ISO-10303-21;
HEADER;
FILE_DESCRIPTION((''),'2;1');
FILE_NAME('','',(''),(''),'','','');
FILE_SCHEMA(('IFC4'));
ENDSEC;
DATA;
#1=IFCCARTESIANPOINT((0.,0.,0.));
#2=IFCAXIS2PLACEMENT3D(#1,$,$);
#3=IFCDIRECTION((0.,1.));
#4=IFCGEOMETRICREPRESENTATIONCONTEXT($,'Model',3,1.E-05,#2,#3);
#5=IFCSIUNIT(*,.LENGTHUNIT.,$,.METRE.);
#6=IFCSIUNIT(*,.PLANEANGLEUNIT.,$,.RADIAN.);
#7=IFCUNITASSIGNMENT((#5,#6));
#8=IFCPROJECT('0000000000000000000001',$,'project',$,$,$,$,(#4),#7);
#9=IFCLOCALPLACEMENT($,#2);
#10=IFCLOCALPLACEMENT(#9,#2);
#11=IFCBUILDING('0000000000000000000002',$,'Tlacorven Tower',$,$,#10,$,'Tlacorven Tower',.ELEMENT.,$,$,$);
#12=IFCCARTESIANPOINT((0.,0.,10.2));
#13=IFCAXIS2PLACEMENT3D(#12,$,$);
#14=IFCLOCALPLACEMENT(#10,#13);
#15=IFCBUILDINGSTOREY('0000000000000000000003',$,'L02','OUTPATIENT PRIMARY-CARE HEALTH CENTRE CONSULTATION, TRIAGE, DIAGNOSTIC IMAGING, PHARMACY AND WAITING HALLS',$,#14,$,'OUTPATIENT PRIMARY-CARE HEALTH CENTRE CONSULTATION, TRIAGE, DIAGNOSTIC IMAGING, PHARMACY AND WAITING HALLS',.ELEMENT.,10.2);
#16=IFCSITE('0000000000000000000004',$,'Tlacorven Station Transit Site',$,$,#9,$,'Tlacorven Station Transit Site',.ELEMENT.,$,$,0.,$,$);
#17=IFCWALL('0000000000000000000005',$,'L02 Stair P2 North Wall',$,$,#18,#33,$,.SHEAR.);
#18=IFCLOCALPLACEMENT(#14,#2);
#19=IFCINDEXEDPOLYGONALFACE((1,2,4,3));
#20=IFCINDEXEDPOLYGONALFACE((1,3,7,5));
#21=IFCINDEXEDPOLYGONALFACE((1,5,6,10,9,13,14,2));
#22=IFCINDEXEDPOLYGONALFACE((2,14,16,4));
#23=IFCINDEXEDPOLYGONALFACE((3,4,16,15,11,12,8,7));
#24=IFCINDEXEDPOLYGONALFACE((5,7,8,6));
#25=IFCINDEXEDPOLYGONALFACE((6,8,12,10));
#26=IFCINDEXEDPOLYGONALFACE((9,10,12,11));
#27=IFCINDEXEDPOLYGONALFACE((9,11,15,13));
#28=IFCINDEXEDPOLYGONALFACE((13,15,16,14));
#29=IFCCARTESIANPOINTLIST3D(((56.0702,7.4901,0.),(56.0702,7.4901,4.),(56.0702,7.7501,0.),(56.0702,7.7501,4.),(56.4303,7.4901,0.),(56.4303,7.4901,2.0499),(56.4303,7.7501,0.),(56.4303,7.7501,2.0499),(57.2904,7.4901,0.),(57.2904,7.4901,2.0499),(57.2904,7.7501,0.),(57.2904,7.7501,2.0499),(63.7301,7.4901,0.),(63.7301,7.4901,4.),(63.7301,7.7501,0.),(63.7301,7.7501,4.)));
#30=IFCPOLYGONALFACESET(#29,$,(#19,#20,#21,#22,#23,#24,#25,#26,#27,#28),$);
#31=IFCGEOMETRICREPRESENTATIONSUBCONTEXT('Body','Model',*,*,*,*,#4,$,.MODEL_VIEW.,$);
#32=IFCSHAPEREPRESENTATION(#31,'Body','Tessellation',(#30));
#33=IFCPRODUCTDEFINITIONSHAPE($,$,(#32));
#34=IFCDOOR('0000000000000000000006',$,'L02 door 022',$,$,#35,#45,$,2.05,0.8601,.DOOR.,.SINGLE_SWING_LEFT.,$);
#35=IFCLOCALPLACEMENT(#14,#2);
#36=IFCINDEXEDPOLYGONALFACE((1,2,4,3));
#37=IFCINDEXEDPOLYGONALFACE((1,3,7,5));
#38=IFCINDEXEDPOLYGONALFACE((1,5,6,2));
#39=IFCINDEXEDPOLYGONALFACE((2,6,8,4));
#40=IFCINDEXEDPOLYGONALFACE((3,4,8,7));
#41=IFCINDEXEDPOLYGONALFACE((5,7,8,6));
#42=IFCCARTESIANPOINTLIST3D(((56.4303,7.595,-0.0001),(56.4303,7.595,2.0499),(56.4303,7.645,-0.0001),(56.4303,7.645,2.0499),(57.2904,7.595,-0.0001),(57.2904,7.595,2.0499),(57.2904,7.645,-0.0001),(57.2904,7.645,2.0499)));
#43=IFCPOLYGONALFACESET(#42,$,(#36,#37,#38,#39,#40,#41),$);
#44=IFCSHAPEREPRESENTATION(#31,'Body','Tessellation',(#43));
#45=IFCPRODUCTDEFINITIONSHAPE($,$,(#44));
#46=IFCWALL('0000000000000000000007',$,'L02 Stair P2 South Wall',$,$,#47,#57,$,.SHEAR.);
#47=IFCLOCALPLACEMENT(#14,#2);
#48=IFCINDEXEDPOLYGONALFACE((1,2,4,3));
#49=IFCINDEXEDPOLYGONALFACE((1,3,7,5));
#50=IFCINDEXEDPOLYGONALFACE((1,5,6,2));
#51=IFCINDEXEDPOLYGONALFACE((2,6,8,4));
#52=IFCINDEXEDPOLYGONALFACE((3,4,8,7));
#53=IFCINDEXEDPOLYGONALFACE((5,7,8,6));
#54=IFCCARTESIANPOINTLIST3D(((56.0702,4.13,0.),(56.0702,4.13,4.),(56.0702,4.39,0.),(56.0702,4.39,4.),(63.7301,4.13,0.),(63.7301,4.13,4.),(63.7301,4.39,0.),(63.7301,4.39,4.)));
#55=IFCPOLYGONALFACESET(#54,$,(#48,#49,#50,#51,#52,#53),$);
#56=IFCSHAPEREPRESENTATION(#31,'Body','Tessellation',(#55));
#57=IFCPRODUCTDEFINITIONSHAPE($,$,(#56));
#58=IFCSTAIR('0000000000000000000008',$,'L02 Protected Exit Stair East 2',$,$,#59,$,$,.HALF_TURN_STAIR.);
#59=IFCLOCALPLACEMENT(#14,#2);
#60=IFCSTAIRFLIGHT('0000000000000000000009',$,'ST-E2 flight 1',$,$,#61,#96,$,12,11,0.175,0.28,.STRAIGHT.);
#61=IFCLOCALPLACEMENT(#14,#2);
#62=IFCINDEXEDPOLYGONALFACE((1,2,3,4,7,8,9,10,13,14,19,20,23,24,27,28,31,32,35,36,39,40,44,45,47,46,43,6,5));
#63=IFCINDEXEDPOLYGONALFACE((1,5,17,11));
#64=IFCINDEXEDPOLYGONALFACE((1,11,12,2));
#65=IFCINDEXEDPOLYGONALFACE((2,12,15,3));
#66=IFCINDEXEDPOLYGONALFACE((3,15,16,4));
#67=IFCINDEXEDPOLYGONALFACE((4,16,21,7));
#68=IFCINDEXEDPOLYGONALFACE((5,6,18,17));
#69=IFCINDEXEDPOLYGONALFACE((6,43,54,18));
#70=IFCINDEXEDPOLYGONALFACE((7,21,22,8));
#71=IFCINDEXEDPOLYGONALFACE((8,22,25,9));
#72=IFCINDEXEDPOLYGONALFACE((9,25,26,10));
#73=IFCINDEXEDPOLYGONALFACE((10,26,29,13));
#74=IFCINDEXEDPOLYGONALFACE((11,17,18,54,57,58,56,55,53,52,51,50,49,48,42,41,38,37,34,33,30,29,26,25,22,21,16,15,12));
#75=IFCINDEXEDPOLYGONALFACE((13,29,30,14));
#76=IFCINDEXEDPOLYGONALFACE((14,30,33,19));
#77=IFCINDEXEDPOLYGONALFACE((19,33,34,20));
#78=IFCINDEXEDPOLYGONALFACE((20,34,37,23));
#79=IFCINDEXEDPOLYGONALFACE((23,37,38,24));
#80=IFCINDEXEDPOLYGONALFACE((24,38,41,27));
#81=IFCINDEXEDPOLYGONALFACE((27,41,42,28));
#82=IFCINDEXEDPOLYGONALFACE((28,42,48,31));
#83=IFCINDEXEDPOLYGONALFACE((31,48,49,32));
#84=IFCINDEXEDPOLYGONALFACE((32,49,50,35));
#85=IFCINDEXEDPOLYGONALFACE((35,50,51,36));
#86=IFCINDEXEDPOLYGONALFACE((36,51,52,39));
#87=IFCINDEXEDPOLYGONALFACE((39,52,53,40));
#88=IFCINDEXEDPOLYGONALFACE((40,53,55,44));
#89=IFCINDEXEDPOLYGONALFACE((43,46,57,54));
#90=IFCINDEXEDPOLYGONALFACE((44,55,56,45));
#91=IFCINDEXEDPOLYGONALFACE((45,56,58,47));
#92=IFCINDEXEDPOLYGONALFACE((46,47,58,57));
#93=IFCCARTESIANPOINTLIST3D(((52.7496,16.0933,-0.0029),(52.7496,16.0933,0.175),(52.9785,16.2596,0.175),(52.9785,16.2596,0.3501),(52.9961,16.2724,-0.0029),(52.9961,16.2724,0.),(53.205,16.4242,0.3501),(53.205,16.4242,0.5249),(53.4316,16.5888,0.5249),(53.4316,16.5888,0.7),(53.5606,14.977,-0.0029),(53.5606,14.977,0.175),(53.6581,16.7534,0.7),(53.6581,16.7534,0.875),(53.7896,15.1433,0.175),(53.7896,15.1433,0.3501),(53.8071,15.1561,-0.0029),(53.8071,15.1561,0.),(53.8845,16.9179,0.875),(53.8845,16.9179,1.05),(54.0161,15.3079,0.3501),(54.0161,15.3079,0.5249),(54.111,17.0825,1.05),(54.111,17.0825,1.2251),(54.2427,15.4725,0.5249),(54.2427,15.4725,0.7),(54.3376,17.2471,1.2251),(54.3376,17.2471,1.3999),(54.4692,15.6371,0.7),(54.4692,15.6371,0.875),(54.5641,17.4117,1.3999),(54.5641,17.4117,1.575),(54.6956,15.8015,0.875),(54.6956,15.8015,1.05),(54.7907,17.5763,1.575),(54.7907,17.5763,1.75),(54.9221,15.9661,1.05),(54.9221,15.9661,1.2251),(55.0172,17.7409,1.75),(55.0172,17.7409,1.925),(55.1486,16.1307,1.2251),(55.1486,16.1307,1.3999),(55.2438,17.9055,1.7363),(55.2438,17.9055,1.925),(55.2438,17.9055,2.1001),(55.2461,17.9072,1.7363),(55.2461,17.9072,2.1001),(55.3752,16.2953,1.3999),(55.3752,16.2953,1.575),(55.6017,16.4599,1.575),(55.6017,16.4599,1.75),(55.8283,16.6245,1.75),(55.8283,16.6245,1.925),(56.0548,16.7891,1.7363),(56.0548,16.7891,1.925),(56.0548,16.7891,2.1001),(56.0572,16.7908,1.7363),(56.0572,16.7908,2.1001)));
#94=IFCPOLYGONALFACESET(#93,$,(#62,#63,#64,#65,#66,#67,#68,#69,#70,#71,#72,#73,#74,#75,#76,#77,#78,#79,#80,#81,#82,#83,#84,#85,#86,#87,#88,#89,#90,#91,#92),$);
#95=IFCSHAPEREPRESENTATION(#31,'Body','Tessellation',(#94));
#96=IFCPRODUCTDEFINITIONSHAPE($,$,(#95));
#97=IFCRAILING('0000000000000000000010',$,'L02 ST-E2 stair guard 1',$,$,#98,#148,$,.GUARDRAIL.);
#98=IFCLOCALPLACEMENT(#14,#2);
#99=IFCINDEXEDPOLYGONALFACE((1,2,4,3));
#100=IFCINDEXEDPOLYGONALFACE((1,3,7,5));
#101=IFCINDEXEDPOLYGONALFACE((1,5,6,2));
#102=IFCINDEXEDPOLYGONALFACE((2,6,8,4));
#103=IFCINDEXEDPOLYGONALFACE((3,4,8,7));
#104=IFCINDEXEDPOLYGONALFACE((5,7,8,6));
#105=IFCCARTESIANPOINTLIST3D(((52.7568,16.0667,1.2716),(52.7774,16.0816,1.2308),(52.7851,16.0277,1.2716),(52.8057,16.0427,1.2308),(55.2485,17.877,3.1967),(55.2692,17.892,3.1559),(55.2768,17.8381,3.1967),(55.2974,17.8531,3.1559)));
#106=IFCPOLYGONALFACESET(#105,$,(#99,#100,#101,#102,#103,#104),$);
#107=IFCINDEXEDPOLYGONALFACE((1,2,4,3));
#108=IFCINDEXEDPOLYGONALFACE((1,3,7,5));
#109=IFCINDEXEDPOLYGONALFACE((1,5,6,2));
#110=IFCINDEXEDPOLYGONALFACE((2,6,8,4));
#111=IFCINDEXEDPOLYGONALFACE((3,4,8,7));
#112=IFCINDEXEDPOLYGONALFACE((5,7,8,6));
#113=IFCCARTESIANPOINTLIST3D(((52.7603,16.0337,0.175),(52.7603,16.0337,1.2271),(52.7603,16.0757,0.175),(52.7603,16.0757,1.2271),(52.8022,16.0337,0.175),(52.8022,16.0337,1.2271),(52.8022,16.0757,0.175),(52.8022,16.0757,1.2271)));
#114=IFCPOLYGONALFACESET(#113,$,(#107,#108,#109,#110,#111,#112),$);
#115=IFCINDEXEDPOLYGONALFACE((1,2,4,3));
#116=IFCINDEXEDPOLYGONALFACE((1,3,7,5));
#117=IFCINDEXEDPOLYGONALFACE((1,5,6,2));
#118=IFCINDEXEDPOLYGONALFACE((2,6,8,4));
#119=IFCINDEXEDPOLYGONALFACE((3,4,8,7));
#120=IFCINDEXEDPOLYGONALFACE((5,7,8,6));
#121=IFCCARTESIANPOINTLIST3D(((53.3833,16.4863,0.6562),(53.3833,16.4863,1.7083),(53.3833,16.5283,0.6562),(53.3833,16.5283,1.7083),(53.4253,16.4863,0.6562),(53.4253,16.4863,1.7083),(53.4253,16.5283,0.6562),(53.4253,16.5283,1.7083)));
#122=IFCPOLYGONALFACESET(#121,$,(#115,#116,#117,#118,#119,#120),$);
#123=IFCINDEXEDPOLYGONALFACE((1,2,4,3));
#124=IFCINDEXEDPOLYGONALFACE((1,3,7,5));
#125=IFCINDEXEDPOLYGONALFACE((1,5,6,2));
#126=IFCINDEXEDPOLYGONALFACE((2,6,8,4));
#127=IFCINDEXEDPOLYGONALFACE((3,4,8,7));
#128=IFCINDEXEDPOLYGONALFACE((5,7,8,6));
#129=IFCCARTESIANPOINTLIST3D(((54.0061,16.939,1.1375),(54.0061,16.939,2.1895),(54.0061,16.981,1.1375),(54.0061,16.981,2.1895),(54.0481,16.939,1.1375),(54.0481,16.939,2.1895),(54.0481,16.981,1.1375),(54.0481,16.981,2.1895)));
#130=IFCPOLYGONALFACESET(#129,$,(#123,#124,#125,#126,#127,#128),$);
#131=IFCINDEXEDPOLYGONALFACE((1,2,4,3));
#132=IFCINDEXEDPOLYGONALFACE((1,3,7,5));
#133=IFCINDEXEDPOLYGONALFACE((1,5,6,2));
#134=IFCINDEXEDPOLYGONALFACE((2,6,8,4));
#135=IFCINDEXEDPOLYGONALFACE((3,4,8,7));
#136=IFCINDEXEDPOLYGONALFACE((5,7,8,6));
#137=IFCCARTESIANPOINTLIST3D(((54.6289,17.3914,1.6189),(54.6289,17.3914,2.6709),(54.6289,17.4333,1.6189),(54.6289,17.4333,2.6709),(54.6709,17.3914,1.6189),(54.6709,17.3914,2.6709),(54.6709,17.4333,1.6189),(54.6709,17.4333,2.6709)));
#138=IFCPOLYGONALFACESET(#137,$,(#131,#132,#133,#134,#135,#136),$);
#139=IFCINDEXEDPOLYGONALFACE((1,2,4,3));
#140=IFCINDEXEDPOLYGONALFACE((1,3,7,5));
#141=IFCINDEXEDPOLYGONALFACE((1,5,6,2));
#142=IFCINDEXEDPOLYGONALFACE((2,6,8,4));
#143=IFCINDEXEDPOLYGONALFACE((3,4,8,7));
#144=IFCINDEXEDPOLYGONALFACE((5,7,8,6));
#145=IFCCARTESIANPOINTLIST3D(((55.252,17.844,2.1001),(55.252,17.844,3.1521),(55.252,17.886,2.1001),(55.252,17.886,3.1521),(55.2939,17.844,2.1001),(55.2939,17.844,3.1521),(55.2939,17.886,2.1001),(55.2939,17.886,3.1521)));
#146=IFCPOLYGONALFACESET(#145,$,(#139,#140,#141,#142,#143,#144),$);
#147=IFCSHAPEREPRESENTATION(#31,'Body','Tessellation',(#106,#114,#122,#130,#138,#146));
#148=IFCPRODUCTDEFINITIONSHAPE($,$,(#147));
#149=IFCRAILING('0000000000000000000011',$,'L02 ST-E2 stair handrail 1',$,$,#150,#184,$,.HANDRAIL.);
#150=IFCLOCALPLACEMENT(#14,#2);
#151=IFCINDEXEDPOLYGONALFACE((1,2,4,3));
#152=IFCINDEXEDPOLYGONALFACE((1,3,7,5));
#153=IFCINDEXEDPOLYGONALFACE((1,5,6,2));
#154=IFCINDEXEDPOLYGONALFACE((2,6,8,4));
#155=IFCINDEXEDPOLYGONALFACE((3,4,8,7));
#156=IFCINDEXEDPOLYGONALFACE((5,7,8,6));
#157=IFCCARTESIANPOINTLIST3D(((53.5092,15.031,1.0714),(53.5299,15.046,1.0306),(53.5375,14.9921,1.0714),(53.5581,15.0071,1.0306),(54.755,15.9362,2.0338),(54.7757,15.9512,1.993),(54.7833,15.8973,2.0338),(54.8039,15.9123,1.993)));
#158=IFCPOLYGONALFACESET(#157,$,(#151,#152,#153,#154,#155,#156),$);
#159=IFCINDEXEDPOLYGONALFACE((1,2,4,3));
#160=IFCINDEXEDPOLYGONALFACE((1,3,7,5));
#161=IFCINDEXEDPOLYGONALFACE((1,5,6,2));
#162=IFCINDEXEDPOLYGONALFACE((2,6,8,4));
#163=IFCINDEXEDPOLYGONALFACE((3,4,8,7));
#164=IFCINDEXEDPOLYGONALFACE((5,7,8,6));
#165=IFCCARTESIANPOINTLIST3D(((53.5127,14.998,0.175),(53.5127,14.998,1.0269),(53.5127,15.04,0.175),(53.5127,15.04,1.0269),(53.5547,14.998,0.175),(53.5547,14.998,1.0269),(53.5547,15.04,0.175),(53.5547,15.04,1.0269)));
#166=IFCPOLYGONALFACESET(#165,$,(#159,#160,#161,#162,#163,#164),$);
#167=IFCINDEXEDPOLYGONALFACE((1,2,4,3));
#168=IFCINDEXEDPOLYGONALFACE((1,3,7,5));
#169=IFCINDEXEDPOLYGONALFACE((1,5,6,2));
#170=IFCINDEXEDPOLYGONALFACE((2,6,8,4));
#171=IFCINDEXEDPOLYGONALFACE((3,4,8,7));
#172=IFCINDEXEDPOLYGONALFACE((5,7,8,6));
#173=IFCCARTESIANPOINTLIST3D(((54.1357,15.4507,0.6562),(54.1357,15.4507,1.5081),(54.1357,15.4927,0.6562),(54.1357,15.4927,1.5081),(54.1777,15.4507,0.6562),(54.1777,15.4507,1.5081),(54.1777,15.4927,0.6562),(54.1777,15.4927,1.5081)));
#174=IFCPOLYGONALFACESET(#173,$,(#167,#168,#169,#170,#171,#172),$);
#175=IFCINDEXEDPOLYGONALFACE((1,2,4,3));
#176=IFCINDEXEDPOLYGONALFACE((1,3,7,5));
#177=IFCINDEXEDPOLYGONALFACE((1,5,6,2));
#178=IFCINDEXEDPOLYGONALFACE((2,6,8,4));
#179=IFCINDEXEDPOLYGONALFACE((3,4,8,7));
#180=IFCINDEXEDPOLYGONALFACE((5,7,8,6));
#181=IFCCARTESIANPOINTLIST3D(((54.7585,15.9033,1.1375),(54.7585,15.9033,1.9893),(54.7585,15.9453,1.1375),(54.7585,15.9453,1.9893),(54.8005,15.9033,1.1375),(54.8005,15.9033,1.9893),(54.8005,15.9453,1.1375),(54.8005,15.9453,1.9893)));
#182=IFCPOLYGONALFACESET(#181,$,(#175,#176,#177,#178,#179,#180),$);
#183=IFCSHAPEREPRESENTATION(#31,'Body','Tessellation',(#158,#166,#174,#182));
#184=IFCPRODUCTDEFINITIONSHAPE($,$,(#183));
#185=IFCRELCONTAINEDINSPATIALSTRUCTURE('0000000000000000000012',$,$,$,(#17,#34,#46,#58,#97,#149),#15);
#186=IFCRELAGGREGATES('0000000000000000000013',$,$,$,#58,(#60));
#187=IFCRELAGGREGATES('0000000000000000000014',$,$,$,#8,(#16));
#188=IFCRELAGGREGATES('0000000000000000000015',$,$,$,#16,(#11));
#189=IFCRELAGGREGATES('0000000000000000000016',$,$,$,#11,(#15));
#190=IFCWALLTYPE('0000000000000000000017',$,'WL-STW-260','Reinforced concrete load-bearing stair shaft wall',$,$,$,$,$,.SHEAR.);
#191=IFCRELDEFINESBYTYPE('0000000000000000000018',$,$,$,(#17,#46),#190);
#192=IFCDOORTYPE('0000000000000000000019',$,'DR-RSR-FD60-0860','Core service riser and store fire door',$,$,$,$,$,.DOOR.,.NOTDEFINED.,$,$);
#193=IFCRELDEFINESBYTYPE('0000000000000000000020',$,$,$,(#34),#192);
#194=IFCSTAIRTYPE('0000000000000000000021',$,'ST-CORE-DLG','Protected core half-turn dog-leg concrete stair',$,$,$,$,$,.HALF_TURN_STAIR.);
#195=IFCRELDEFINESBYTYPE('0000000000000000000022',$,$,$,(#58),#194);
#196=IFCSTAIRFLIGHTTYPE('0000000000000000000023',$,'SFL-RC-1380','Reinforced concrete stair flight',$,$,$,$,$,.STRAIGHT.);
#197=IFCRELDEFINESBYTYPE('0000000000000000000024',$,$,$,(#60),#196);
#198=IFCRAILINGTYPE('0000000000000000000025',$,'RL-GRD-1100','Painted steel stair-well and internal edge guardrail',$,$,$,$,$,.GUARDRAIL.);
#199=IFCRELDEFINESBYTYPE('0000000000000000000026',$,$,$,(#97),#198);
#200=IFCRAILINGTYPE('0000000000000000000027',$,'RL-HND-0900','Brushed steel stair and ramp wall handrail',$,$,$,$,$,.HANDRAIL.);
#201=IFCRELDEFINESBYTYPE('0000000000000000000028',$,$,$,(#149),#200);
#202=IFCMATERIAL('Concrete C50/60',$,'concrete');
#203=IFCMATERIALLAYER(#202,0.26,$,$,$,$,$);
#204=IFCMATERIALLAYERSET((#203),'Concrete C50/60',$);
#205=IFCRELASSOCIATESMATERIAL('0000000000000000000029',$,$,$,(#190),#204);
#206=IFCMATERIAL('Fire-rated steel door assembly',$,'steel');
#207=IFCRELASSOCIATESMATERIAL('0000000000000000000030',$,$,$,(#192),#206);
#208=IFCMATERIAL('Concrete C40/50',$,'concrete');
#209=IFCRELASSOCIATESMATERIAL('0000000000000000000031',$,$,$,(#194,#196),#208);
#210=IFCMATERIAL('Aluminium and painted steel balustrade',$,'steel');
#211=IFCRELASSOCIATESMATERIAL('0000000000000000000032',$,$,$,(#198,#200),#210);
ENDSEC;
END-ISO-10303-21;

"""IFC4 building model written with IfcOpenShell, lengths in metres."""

from ifc_helpers import new_model, si_unit, direction, frame, frame_2d, origin, origin_2d, place, context, subcontext, project, spatial, polyline, rectangle, outline, extrude, source, transform, mapped, material, layer, layer_set, type_object, element, fill, aggregate, save


model = new_model("IFC4")

# Units and contexts
model_context = context("Model", 3, precision=1e-05, world=origin(), true_north=direction((0.0, 1.0)))
body_context = subcontext(model_context, "Body", "Model", "MODEL_VIEW")
ifc_project = project(units=[si_unit("LENGTHUNIT", "METRE"), si_unit("PLANEANGLEUNIT", "RADIAN")], contexts=[model_context])

# Site, building, storey
site_placement = place(None, origin())
site = spatial("IfcSite", under=ifc_project, at=site_placement, Name="Tlacorven Station Transit Site", LongName="Tlacorven Station Transit Site", CompositionType="ELEMENT", RefElevation=0.0)
building_placement = place(site_placement, origin())
building = spatial("IfcBuilding", under=site, at=building_placement, Name="Tlacorven Tower", LongName="Tlacorven Tower", CompositionType="ELEMENT")
storey_placement = place(building_placement, frame((0.0, 0.0, 10.2)))
storey = spatial("IfcBuildingStorey", under=building, at=storey_placement, Name="L02", Description="OUTPATIENT PRIMARY-CARE HEALTH CENTRE CONSULTATION, TRIAGE, DIAGNOSTIC IMAGING, PHARMACY AND WAITING HALLS", LongName="OUTPATIENT PRIMARY-CARE HEALTH CENTRE CONSULTATION, TRIAGE, DIAGNOSTIC IMAGING, PHARMACY AND WAITING HALLS", CompositionType="ELEMENT", Elevation=10.2)

# Shared definitions
ifc_material_1 = material(Name="Concrete C50/60", Category="concrete")
ifc_layer_1 = layer(ifc_material_1, 0.26)
ifc_layer_set_1 = layer_set([ifc_layer_1], Name="Concrete C50/60")
wall_type_1 = type_object("IfcWallType", Name="WL-STW-260", Description="Reinforced concrete load-bearing stair shaft wall", PredefinedType="SHEAR", material=ifc_layer_set_1)

# Wall, opening, door
wall_1_placement = place(storey_placement, frame((56.0701, 7.6201, 0.0), z_axis=(0.0, 0.0, 1.0), x_axis=(1.0, 0.0, 0.0)))
wall_1 = element("IfcWall", 1, at=wall_1_placement, inside=storey, type_object=wall_type_1, Name="L02 Stair P2 North Wall", PredefinedType="SHEAR", context=body_context, shape_type="SweptSolid", body=[
    extrude(rectangle(XDim=7.6599, YDim=0.26, at=frame_2d((3.8301, 0.0))), origin(), (0.0, 0.0, 1.0), 4.0),
])
opening_placement = place(wall_1_placement, frame((0.3601, 0.0, 0.0)))
opening = element("IfcOpeningElement", 2, at=opening_placement, cuts=wall_1, PredefinedType="OPENING", context=body_context, shape_type="SweptSolid", body=[
    extrude(rectangle(XDim=0.8601, YDim=2.05, at=frame_2d((0.4302, 1.0249))), frame((0.0, 0.1401, 0.0), z_axis=(0.0, -1.0, 0.0), x_axis=(1.0, 0.0, 0.0)), (0.0, 0.0, 1.0), 0.28),
])
ifc_material_2 = material(Name="Fire-rated steel door assembly", Category="steel")
door_type = type_object("IfcDoorType", Name="DR-RSR-FD60-0860", Description="Core service riser and store fire door", OperationType="NOTDEFINED", PredefinedType="DOOR", material=ifc_material_2)
shared_shape_1 = source(origin(), body_context, "Body", "SweptSolid", [
    extrude(rectangle(XDim=0.8601, YDim=2.05, at=frame_2d((0.4302, 1.0249))), frame((0.0, 0.0249, 0.0), z_axis=(0.0, -1.0, 0.0), x_axis=(1.0, 0.0, 0.0)), (0.0, 0.0, 1.0), 0.05),
])
door_placement = place(opening_placement, origin())
door = element("IfcDoor", 3, at=door_placement, inside=storey, type_object=door_type, Name="L02 door 022", OperationType="SINGLE_SWING_LEFT", OverallHeight=2.05, OverallWidth=0.8601, PredefinedType="DOOR", context=body_context, shape_type="MappedRepresentation", body=[
    mapped(shared_shape_1, transform((0.0, 0.0, 0.0), scale=1.0)),
])
fill(opening, door)

# Wall
wall_2_placement = place(storey_placement, frame((56.0701, 4.26, 0.0), z_axis=(0.0, 0.0, 1.0), x_axis=(1.0, 0.0, 0.0)))
element("IfcWall", 4, at=wall_2_placement, inside=storey, type_object=wall_type_1, Name="L02 Stair P2 South Wall", PredefinedType="SHEAR", context=body_context, shape_type="SweptSolid", body=[
    extrude(rectangle(XDim=7.6599, YDim=0.26, at=frame_2d((3.8301, 0.0))), origin(), (0.0, 0.0, 1.0), 4.0),
])

# Stair, stair flight
ifc_material_3 = material(Name="Concrete C40/50", Category="concrete")
stair_type = type_object("IfcStairType", Name="ST-CORE-DLG", Description="Protected core half-turn dog-leg concrete stair", PredefinedType="HALF_TURN_STAIR", material=ifc_material_3)
stair_placement = place(storey_placement, origin())
stair = element("IfcStair", 5, at=stair_placement, inside=storey, type_object=stair_type, Name="L02 Protected Exit Stair East 2", PredefinedType="HALF_TURN_STAIR")
stair_flight_type = type_object("IfcStairFlightType", Name="SFL-RC-1380", Description="Reinforced concrete stair flight", PredefinedType="STRAIGHT", material=ifc_material_3)
shared_shape_2 = source(origin(), body_context, "Body", "SweptSolid", [
    extrude(outline(polyline([(-0.0029, -0.0029), (-0.0029, 0.175), (0.28, 0.175), (0.28, 0.3501), (0.5601, 0.3501), (0.5601, 0.5249), (0.8401, 0.5249), (0.8401, 0.7), (1.1201, 0.7), (1.1201, 0.875), (1.3999, 0.875), (1.3999, 1.05), (1.6799, 1.05), (1.6799, 1.2251), (1.96, 1.2251), (1.96, 1.3999), (2.24, 1.3999), (2.24, 1.575), (2.52, 1.575), (2.52, 1.75), (2.8, 1.75), (2.8, 1.925), (3.0801, 1.925), (3.0801, 2.1001), (3.083, 2.1001), (3.083, 1.7363), (3.0801, 1.7363), (0.3018, 0.0), (0.3018, -0.0029), (-0.0029, -0.0029)])), frame((0.0, 0.6899, 0.0), z_axis=(0.0, -1.0, 0.0), x_axis=(1.0, 0.0, 0.0)), (0.0, 0.0, 1.0), 1.3799),
])
stair_flight_placement = place(storey_placement, frame((53.1575, 15.5369, 0.0), z_axis=(0.0, 0.0, 1.0), x_axis=(0.809017, 0.587785, 0.0)))
stair_flight = element("IfcStairFlight", 6, at=stair_flight_placement, type_object=stair_flight_type, Name="ST-E2 flight 1", NumberOfRisers=12, NumberOfTreads=11, PredefinedType="STRAIGHT", RiserHeight=0.175, TreadLength=0.28, context=body_context, shape_type="MappedRepresentation", body=[
    mapped(shared_shape_2, transform((0.0, 0.0, 0.0), scale=1.0)),
])
aggregate(stair, [stair_flight])

# Railings
ifc_material_4 = material(Name="Aluminium and painted steel balustrade", Category="steel")
railing_type_1 = type_object("IfcRailingType", Name="RL-GRD-1100", Description="Painted steel stair-well and internal edge guardrail", PredefinedType="GUARDRAIL", material=ifc_material_4)
shared_shape_3 = source(origin(), body_context, "Body", "SweptSolid", [
    extrude(rectangle(XDim=0.0481, YDim=0.0481, at=origin_2d()), frame((0.0, 0.0, 1.0762), z_axis=(0.686037, 0.498429, 0.530021), x_axis=(-0.58778, 0.809021, 0.0)), (0.0, 0.0, 1.0), 3.6321),
    extrude(rectangle(XDim=0.042, YDim=0.042, at=origin_2d()), origin(), (0.0, 0.0, 1.0), 1.052),
    extrude(rectangle(XDim=0.042, YDim=0.042, at=origin_2d()), frame((0.623, 0.4526, 0.4812)), (0.0, 0.0, 1.0), 1.052),
    extrude(rectangle(XDim=0.042, YDim=0.042, at=origin_2d()), frame((1.2458, 0.9053, 0.9624)), (0.0, 0.0, 1.0), 1.052),
    extrude(rectangle(XDim=0.042, YDim=0.042, at=origin_2d()), frame((1.8687, 1.3577, 1.4438)), (0.0, 0.0, 1.0), 1.052),
    extrude(rectangle(XDim=0.042, YDim=0.042, at=origin_2d()), frame((2.4917, 1.8103, 1.925)), (0.0, 0.0, 1.0), 1.052),
])
railing_1_placement = place(storey_placement, frame((52.7812, 16.0547, 0.175)))
element("IfcRailing", 7, at=railing_1_placement, inside=storey, type_object=railing_type_1, Name="L02 ST-E2 stair guard 1", PredefinedType="GUARDRAIL", context=body_context, shape_type="MappedRepresentation", body=[
    mapped(shared_shape_3, transform((0.0, 0.0, 0.0), scale=1.0)),
])
railing_type_2 = type_object("IfcRailingType", Name="RL-HND-0900", Description="Brushed steel stair and ramp wall handrail", PredefinedType="HANDRAIL", material=ifc_material_4)
shared_shape_4 = source(origin(), body_context, "Body", "SweptSolid", [
    extrude(rectangle(XDim=0.0481, YDim=0.0481, at=origin_2d()), frame((0.0, 0.0, 0.876), z_axis=(0.686038, 0.498497, 0.529955), x_axis=(-0.587832, 0.808983, 0.0)), (0.0, 0.0, 1.0), 1.8159),
    extrude(rectangle(XDim=0.042, YDim=0.042, at=origin_2d()), origin(), (0.0, 0.0, 1.0), 0.8518),
    extrude(rectangle(XDim=0.042, YDim=0.042, at=origin_2d()), frame((0.623, 0.4526, 0.4812)), (0.0, 0.0, 1.0), 0.8518),
    extrude(rectangle(XDim=0.042, YDim=0.042, at=origin_2d()), frame((1.2458, 0.9053, 0.9624)), (0.0, 0.0, 1.0), 0.8518),
])
railing_2_placement = place(storey_placement, frame((53.5337, 15.019, 0.175)))
element("IfcRailing", 8, at=railing_2_placement, inside=storey, type_object=railing_type_2, Name="L02 ST-E2 stair handrail 1", PredefinedType="HANDRAIL", context=body_context, shape_type="MappedRepresentation", body=[
    mapped(shared_shape_4, transform((0.0, 0.0, 0.0), scale=1.0)),
])

save(model, "model.ifc")
